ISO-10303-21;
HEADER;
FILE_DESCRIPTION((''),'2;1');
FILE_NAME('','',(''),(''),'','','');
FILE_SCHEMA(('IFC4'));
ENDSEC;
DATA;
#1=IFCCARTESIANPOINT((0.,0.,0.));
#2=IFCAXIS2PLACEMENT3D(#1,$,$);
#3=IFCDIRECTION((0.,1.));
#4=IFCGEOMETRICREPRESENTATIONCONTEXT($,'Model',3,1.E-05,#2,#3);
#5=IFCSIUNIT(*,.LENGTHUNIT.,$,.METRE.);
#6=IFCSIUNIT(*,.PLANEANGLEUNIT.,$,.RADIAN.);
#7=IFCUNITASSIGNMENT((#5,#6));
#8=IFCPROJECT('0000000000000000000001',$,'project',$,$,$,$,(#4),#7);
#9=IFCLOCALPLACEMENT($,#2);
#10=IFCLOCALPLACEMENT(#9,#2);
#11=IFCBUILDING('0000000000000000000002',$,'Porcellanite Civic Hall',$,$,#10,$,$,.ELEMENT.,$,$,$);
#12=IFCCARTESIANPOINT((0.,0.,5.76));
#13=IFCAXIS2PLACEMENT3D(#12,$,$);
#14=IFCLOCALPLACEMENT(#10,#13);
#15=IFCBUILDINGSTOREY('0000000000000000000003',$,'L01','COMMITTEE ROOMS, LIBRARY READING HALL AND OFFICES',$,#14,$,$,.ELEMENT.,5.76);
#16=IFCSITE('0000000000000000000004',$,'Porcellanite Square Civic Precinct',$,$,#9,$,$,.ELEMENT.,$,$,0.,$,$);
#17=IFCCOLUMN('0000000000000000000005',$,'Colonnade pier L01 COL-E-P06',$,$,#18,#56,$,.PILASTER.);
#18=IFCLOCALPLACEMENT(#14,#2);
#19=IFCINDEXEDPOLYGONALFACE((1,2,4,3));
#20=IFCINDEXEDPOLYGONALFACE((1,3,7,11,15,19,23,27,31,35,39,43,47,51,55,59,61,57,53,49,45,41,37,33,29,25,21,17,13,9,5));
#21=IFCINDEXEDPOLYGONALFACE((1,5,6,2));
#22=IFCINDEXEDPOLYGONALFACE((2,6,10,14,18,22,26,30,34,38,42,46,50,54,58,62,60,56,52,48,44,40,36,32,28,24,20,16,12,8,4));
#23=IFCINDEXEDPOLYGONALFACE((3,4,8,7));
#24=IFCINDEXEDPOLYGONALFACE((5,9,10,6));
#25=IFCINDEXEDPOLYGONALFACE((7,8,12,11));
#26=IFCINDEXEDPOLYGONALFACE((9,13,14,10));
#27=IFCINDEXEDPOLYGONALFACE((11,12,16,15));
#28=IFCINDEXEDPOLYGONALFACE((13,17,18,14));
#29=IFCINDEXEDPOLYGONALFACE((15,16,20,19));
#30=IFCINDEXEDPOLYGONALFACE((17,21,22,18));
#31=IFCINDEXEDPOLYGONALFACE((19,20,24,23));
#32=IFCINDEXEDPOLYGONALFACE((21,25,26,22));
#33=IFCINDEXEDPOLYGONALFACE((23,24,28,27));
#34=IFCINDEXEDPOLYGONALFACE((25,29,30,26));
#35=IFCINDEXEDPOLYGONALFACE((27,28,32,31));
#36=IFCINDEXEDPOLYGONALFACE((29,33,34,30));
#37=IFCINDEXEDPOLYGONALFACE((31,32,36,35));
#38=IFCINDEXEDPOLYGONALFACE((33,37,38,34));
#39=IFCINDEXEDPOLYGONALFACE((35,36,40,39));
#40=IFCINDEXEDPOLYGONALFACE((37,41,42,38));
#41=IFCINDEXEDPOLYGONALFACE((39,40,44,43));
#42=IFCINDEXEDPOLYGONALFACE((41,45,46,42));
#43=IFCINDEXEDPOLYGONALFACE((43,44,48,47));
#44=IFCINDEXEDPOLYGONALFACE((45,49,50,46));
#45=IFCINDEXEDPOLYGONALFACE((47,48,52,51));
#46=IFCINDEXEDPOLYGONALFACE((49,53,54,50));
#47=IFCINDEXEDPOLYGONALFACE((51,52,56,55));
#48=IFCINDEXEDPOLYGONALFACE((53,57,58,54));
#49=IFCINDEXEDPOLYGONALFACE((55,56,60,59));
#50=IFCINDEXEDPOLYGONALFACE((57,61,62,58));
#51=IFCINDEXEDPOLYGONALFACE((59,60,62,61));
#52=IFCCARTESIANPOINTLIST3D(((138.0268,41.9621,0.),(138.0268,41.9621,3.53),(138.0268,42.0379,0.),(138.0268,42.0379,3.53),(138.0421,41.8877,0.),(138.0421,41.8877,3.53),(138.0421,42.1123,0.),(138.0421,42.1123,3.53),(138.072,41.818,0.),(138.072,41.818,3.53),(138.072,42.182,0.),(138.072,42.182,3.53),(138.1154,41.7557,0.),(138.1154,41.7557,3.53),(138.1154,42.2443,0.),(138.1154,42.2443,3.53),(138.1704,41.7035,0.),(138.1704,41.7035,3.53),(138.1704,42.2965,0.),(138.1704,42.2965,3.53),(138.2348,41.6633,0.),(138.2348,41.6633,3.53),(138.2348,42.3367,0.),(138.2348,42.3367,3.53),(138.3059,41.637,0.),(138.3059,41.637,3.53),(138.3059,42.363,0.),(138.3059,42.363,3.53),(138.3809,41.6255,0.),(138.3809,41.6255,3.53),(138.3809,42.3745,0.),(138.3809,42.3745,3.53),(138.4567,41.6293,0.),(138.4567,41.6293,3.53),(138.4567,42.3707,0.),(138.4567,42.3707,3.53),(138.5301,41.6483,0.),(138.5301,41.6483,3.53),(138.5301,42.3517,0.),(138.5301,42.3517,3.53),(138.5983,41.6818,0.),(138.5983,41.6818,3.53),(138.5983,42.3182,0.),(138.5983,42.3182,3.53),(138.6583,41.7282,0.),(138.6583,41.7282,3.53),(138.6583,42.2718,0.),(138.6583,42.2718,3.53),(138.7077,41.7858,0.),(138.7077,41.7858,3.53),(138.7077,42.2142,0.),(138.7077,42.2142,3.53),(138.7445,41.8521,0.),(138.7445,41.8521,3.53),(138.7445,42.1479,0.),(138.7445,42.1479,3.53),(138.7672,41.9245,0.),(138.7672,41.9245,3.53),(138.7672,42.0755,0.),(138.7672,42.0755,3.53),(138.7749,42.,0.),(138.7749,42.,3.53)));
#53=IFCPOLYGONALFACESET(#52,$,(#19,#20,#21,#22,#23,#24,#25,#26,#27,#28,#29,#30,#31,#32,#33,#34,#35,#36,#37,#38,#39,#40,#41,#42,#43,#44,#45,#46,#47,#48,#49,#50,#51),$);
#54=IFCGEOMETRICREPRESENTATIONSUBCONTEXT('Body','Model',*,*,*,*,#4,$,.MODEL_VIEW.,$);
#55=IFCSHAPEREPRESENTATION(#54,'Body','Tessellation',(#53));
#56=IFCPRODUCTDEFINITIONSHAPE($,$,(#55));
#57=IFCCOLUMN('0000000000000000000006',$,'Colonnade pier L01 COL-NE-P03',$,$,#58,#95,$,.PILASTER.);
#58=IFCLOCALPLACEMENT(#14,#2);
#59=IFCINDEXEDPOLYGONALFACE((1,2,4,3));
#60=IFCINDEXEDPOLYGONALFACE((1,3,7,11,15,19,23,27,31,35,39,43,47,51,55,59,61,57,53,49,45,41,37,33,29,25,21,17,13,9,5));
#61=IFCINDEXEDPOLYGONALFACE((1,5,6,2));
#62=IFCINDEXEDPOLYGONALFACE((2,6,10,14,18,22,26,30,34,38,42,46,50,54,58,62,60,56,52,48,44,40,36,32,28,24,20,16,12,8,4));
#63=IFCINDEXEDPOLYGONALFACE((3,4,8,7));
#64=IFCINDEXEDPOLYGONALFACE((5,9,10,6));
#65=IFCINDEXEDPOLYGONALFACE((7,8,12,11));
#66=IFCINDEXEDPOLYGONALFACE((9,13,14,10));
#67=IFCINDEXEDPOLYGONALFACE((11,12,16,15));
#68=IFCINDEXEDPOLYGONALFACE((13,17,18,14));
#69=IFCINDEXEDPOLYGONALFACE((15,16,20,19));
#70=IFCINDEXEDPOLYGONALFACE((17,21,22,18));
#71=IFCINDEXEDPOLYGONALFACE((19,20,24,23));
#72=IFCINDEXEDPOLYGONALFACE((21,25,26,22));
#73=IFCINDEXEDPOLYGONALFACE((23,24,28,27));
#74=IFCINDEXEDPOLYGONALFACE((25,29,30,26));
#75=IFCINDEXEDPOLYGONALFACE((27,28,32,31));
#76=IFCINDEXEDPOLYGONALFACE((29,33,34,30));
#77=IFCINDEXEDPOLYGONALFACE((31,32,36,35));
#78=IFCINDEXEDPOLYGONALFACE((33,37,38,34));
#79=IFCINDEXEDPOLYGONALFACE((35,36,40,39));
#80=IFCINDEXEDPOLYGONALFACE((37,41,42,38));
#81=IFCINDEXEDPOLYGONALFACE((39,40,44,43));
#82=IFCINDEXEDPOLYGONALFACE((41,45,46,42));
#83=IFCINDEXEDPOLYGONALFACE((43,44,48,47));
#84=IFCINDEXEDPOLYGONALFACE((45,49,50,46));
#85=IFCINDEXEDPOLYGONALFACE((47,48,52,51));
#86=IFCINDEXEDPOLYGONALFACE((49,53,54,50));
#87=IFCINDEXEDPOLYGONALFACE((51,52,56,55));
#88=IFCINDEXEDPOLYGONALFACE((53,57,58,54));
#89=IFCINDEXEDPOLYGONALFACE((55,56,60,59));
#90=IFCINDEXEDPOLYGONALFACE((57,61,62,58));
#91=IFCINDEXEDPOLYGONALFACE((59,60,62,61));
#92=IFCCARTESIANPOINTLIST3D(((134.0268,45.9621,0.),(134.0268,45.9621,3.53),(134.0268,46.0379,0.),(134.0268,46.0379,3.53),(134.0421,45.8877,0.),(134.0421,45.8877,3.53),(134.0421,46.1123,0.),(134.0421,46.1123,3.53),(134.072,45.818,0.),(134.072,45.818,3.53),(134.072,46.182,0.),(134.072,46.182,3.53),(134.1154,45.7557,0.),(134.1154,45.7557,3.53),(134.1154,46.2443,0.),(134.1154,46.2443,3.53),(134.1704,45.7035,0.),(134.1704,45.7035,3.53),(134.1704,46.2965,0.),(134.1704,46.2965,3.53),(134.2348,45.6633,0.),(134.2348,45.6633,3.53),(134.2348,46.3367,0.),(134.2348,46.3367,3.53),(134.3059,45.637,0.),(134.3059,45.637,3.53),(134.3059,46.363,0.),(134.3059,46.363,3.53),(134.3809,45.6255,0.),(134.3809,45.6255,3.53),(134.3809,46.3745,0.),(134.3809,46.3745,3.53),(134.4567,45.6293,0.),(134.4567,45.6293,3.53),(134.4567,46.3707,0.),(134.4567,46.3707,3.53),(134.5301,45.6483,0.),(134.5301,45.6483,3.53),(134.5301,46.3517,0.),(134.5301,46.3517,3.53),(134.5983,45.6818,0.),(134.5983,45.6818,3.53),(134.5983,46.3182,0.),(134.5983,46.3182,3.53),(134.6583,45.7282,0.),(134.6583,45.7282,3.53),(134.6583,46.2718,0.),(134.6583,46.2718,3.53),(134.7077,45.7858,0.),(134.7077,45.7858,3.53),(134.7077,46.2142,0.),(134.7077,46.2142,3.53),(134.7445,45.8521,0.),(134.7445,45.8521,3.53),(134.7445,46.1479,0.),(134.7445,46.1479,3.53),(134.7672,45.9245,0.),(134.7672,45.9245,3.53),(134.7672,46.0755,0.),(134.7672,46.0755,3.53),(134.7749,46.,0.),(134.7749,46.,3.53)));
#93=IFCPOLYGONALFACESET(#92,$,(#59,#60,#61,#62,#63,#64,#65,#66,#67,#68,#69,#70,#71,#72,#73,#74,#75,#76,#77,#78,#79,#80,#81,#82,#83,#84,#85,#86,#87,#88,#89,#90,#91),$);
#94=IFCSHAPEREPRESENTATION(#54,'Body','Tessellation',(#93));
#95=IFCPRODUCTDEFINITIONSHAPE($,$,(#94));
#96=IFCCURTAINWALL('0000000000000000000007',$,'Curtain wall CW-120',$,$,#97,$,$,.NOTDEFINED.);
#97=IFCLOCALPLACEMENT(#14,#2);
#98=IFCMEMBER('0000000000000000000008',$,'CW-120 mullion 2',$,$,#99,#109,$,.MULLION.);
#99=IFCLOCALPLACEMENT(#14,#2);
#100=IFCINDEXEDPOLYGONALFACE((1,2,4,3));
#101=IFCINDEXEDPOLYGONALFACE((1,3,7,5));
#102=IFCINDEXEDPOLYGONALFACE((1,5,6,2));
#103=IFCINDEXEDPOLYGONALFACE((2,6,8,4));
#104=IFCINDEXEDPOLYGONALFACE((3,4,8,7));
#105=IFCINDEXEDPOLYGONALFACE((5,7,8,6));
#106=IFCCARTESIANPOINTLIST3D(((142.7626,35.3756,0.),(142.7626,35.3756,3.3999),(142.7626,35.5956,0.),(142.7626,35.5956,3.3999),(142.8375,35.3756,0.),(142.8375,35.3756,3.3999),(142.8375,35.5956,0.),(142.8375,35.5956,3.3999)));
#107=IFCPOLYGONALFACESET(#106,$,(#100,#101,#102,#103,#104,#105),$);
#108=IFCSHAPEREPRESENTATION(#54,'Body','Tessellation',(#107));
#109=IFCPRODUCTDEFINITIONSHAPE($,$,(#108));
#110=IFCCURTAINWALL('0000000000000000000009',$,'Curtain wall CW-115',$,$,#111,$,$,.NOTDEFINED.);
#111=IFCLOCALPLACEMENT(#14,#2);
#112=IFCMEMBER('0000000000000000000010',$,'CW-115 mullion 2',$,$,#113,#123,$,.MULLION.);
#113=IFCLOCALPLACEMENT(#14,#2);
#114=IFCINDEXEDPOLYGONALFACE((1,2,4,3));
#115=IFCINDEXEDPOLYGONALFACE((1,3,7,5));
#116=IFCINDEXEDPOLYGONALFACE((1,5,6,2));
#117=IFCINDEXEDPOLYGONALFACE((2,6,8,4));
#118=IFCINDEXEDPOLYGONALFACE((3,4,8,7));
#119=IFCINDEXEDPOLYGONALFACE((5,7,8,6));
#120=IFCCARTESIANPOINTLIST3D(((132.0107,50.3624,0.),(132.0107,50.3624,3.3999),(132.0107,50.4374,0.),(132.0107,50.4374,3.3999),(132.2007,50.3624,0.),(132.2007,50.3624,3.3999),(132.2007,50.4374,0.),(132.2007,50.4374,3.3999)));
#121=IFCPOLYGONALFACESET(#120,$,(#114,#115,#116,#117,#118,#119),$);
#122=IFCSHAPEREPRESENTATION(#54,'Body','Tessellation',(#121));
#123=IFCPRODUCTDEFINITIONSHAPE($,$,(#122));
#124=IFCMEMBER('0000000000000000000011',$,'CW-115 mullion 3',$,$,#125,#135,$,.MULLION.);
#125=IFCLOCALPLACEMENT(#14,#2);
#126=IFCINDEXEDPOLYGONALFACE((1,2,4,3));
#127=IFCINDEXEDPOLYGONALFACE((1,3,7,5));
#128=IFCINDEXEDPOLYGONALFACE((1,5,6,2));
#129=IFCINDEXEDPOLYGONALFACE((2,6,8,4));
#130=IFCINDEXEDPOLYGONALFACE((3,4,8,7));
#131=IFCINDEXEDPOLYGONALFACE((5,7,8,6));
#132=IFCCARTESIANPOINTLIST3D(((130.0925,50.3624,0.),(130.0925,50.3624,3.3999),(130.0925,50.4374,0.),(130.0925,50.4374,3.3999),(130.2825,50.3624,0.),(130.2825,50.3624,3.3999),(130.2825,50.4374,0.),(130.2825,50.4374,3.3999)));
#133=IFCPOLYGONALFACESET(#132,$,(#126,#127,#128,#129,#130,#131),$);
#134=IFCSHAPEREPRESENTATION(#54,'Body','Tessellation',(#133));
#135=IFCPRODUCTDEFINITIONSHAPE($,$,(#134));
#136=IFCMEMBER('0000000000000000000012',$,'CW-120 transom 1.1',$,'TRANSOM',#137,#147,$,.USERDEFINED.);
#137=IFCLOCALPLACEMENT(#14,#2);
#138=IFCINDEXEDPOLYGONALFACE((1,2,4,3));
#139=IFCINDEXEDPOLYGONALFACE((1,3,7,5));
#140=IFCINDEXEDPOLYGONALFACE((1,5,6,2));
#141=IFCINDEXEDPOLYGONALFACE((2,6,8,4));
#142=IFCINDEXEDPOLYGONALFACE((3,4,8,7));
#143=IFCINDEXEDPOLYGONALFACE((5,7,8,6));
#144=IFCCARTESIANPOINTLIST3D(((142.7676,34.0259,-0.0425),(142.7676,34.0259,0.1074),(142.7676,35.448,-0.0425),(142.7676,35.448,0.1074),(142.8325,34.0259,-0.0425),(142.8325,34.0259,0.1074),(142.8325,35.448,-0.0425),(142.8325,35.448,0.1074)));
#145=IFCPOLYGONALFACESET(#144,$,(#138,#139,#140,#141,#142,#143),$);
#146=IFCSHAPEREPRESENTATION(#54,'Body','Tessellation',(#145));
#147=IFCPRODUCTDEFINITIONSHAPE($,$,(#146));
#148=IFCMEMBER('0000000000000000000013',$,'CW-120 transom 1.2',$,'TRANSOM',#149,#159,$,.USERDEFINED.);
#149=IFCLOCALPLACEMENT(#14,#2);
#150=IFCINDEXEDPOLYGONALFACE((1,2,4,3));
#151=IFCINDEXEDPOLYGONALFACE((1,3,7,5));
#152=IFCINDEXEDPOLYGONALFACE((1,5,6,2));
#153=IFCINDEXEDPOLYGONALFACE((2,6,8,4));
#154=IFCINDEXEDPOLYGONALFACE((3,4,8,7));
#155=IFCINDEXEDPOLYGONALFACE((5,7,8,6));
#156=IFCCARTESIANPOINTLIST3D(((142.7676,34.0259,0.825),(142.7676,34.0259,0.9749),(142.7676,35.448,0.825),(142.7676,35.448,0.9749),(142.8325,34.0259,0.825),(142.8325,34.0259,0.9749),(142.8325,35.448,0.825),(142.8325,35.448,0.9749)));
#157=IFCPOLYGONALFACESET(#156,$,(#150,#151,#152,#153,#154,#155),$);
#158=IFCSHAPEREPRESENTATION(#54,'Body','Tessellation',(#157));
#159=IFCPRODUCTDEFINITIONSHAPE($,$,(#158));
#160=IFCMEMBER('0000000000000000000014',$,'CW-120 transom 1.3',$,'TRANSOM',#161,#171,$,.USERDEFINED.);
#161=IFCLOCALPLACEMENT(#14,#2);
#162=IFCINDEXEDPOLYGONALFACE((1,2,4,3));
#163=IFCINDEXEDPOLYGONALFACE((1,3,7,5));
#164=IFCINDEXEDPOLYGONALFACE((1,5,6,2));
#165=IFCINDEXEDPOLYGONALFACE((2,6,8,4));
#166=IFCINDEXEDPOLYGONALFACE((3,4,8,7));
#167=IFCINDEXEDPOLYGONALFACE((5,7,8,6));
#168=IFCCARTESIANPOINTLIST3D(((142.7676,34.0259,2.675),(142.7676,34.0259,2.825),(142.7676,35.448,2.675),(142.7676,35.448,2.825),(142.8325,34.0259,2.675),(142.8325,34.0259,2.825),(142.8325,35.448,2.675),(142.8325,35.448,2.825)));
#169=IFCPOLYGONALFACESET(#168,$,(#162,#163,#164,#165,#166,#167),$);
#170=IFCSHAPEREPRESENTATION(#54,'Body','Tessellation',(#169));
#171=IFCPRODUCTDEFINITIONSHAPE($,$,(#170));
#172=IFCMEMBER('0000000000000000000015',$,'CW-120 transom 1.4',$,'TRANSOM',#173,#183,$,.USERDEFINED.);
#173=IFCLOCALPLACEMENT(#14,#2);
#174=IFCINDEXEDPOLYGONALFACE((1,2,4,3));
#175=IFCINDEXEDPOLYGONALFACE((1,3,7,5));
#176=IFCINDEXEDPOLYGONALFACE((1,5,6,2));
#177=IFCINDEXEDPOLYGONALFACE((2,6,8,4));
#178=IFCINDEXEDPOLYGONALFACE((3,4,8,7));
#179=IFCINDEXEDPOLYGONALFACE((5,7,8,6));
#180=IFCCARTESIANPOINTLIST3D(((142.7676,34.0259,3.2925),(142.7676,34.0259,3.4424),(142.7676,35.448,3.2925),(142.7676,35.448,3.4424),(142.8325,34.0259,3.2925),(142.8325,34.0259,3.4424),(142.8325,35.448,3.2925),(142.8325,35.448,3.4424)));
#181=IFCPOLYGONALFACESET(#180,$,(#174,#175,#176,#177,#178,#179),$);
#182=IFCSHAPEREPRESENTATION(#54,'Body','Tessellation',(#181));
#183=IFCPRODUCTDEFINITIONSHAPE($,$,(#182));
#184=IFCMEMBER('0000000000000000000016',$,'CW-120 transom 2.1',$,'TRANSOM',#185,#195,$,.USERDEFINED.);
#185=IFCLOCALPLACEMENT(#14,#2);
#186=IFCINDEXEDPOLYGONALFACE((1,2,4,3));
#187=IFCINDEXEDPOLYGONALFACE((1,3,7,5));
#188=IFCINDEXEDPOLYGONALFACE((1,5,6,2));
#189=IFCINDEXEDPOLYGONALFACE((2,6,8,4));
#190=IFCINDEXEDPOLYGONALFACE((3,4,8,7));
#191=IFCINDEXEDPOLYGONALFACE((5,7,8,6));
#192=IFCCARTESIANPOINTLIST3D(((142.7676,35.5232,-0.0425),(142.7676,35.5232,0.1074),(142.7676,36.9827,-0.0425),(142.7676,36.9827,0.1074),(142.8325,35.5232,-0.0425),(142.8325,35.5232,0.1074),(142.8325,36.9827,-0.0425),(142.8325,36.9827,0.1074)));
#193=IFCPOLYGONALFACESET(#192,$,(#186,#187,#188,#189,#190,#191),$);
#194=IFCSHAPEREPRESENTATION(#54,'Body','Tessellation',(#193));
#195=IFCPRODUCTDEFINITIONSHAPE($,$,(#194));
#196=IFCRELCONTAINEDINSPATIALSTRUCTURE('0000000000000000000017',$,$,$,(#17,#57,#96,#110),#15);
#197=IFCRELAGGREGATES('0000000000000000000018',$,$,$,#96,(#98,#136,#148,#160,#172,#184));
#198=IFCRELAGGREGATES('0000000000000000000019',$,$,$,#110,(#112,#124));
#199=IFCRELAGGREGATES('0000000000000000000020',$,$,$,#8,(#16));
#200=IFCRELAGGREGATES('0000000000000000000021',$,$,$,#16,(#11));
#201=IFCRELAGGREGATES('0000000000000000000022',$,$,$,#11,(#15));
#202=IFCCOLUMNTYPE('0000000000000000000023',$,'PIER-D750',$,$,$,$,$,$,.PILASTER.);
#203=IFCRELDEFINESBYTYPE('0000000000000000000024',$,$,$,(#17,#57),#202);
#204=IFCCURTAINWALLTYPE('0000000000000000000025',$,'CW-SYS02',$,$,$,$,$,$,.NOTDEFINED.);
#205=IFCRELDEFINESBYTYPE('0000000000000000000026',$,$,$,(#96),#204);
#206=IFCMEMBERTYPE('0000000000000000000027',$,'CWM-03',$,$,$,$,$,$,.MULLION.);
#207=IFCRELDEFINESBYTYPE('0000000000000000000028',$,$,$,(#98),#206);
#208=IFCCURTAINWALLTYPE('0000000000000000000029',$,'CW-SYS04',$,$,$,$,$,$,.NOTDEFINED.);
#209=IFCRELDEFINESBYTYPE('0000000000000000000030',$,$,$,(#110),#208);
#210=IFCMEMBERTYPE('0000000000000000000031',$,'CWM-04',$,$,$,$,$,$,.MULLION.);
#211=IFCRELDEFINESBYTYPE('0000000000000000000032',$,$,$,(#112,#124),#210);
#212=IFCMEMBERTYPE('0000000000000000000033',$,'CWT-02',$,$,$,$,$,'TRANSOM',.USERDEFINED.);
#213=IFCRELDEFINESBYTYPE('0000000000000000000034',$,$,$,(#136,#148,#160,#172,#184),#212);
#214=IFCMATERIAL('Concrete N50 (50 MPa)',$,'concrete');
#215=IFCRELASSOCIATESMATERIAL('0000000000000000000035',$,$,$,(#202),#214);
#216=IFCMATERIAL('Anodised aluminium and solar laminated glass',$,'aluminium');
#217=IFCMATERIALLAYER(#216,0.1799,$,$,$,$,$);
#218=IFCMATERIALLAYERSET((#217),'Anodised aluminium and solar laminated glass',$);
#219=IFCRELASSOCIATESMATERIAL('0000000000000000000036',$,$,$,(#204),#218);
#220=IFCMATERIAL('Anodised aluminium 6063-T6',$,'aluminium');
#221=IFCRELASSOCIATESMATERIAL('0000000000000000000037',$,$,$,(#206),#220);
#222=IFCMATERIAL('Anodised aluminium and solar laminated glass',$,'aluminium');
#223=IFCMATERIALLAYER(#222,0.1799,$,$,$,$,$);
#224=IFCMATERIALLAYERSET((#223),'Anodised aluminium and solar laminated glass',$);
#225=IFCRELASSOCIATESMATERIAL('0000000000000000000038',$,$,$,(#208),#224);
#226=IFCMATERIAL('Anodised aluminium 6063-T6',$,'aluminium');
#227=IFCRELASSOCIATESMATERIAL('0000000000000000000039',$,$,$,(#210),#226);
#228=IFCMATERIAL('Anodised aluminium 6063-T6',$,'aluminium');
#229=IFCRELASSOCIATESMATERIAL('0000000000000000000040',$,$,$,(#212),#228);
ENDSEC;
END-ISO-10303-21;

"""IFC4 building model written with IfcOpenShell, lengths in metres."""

from ifc_helpers import new_model, si_unit, direction, frame, origin, origin_2d, place, context, subcontext, project, spatial, rectangle, circle, extrude, material, layer, layer_set, material_profile, profile_set, type_object, element, aggregate, save


model = new_model("IFC4")

# Units and contexts
model_context = context("Model", 3, precision=1e-05, world=origin(), true_north=direction((0.0, 1.0)))
body_context = subcontext(model_context, "Body", "Model", "MODEL_VIEW")
ifc_project = project(units=[si_unit("LENGTHUNIT", "METRE"), si_unit("PLANEANGLEUNIT", "RADIAN")], contexts=[model_context])

# Site, building, storey
site_placement = place(None, origin())
site = spatial("IfcSite", under=ifc_project, at=site_placement, Name="Porcellanite Square Civic Precinct", CompositionType="ELEMENT", RefElevation=0.0)
building_placement = place(site_placement, origin())
building = spatial("IfcBuilding", under=site, at=building_placement, Name="Porcellanite Civic Hall", CompositionType="ELEMENT")
storey_placement = place(building_placement, frame((0.0, 0.0, 5.76)))
storey = spatial("IfcBuildingStorey", under=building, at=storey_placement, Name="L01", Description="COMMITTEE ROOMS, LIBRARY READING HALL AND OFFICES", CompositionType="ELEMENT", Elevation=5.76)

# Columns
ifc_material_1 = material(Name="Concrete N50 (50 MPa)", Category="concrete")
ifc_material_profile_1 = material_profile(ifc_material_1, circle(Radius=0.375, at=origin_2d()), Name="RC-D750")
ifc_profile_set_1 = profile_set([ifc_material_profile_1], Name="Concrete N50 (50 MPa)")
column_type = type_object("IfcColumnType", Name="PIER-D750", PredefinedType="PILASTER", material=ifc_profile_set_1)
for number, where, z_axis, x_axis, name in (
    (1, (138.3999, 42.0, 0.0), (0.0, 0.0, 1.0), (1.0, 0.0, 0.0), "Colonnade pier L01 COL-E-P06"),
    (2, (134.3999, 46.0, 0.0), (0.0, 0.0, 1.0), (1.0, 0.0, 0.0), "Colonnade pier L01 COL-NE-P03"),
):
    element("IfcColumn", number, at=place(storey_placement, frame(where, z_axis=z_axis, x_axis=x_axis)), inside=storey, type_object=column_type, Name=name, PredefinedType="PILASTER", context=body_context, shape_type="SweptSolid", body=[
        extrude(circle(Radius=0.375, at=origin_2d()), origin(), (0.0, 0.0, 1.0), 3.53),
    ])

# Curtain wall, member
ifc_material_2 = material(Name="Anodised aluminium and solar laminated glass", Category="aluminium")
ifc_layer_1 = layer(ifc_material_2, 0.1799)
ifc_layer_set_1 = layer_set([ifc_layer_1], Name="Anodised aluminium and solar laminated glass")
curtain_wall_type_1 = type_object("IfcCurtainWallType", Name="CW-SYS02", PredefinedType="NOTDEFINED", material=ifc_layer_set_1)
curtain_wall_1_placement = place(storey_placement, origin())
curtain_wall_1 = element("IfcCurtainWall", 3, at=curtain_wall_1_placement, inside=storey, type_object=curtain_wall_type_1, Name="Curtain wall CW-120", PredefinedType="NOTDEFINED")
ifc_material_3 = material(Name="Anodised aluminium 6063-T6", Category="aluminium")
ifc_material_profile_2 = material_profile(ifc_material_3, rectangle(XDim=0.075, YDim=0.22, at=origin_2d()), Name="AL-75x220")
ifc_profile_set_2 = profile_set([ifc_material_profile_2], Name="Anodised aluminium 6063-T6")
member_type_1 = type_object("IfcMemberType", Name="CWM-03", PredefinedType="MULLION", material=ifc_profile_set_2)
member_1_placement = place(storey_placement, frame((142.8, 35.4856, 0.0), z_axis=(0.0, 0.0, 1.0), x_axis=(-1.0, 0.0, 0.0)))
member_1 = element("IfcMember", 4, at=member_1_placement, type_object=member_type_1, Name="CW-120 mullion 2", PredefinedType="MULLION", context=body_context, shape_type="SweptSolid", body=[
    extrude(rectangle(XDim=0.075, YDim=0.22, at=origin_2d()), origin(), (0.0, 0.0, 1.0), 3.3999),
])

# Curtain wall, members
ifc_material_4 = material(Name="Anodised aluminium and solar laminated glass", Category="aluminium")
ifc_layer_2 = layer(ifc_material_4, 0.1799)
ifc_layer_set_2 = layer_set([ifc_layer_2], Name="Anodised aluminium and solar laminated glass")
curtain_wall_type_2 = type_object("IfcCurtainWallType", Name="CW-SYS04", PredefinedType="NOTDEFINED", material=ifc_layer_set_2)
curtain_wall_2_placement = place(storey_placement, origin())
curtain_wall_2 = element("IfcCurtainWall", 5, at=curtain_wall_2_placement, inside=storey, type_object=curtain_wall_type_2, Name="Curtain wall CW-115", PredefinedType="NOTDEFINED")
ifc_material_5 = material(Name="Anodised aluminium 6063-T6", Category="aluminium")
ifc_material_profile_3 = material_profile(ifc_material_5, rectangle(XDim=0.075, YDim=0.1899, at=origin_2d()), Name="AL-75x190")
ifc_profile_set_3 = profile_set([ifc_material_profile_3], Name="Anodised aluminium 6063-T6")
member_type_2 = type_object("IfcMemberType", Name="CWM-04", PredefinedType="MULLION", material=ifc_profile_set_3)
member_2_placement = place(storey_placement, frame((132.1057, 50.3999, 0.0), z_axis=(0.0, 0.0, 1.0), x_axis=(0.0, -1.0, 0.0)))
member_2 = element("IfcMember", 6, at=member_2_placement, type_object=member_type_2, Name="CW-115 mullion 2", PredefinedType="MULLION", context=body_context, shape_type="SweptSolid", body=[
    extrude(rectangle(XDim=0.075, YDim=0.1899, at=origin_2d()), origin(), (0.0, 0.0, 1.0), 3.3999),
])
member_3_placement = place(storey_placement, frame((130.1875, 50.3999, 0.0), z_axis=(0.0, 0.0, 1.0), x_axis=(0.0, -1.0, 0.0)))
member_3 = element("IfcMember", 7, at=member_3_placement, type_object=member_type_2, Name="CW-115 mullion 3", PredefinedType="MULLION", context=body_context, shape_type="SweptSolid", body=[
    extrude(rectangle(XDim=0.075, YDim=0.1899, at=origin_2d()), origin(), (0.0, 0.0, 1.0), 3.3999),
])

# Members
ifc_material_6 = material(Name="Anodised aluminium 6063-T6", Category="aluminium")
ifc_material_profile_4 = material_profile(ifc_material_6, rectangle(XDim=0.0649, YDim=0.1499, at=origin_2d()), Name="AL-65x150")
ifc_profile_set_4 = profile_set([ifc_material_profile_4], Name="Anodised aluminium 6063-T6")
member_type_3 = type_object("IfcMemberType", Name="CWT-02", ElementType="TRANSOM", PredefinedType="USERDEFINED", material=ifc_profile_set_4)
member_4_placement = place(storey_placement, frame((142.8, 34.0259, 0.0325), z_axis=(0.0, 1.0, 0.0), x_axis=(-1.0, 0.0, 0.0)))
member_4 = element("IfcMember", 8, at=member_4_placement, type_object=member_type_3, Name="CW-120 transom 1.1", ObjectType="TRANSOM", PredefinedType="USERDEFINED", context=body_context, shape_type="SweptSolid", body=[
    extrude(rectangle(XDim=0.0649, YDim=0.1499, at=origin_2d()), origin(), (0.0, 0.0, 1.0), 1.4221),
])
member_5_placement = place(storey_placement, frame((142.8, 34.0259, 0.8999), z_axis=(0.0, 1.0, 0.0), x_axis=(-1.0, 0.0, 0.0)))
member_5 = element("IfcMember", 9, at=member_5_placement, type_object=member_type_3, Name="CW-120 transom 1.2", ObjectType="TRANSOM", PredefinedType="USERDEFINED", context=body_context, shape_type="SweptSolid", body=[
    extrude(rectangle(XDim=0.0649, YDim=0.1499, at=origin_2d()), origin(), (0.0, 0.0, 1.0), 1.4221),
])
member_6_placement = place(storey_placement, frame((142.8, 34.0259, 2.75), z_axis=(0.0, 1.0, 0.0), x_axis=(-1.0, 0.0, 0.0)))
member_6 = element("IfcMember", 10, at=member_6_placement, type_object=member_type_3, Name="CW-120 transom 1.3", ObjectType="TRANSOM", PredefinedType="USERDEFINED", context=body_context, shape_type="SweptSolid", body=[
    extrude(rectangle(XDim=0.0649, YDim=0.1499, at=origin_2d()), origin(), (0.0, 0.0, 1.0), 1.4221),
])
member_7_placement = place(storey_placement, frame((142.8, 34.0259, 3.3674), z_axis=(0.0, 1.0, 0.0), x_axis=(-1.0, 0.0, 0.0)))
member_7 = element("IfcMember", 11, at=member_7_placement, type_object=member_type_3, Name="CW-120 transom 1.4", ObjectType="TRANSOM", PredefinedType="USERDEFINED", context=body_context, shape_type="SweptSolid", body=[
    extrude(rectangle(XDim=0.0649, YDim=0.1499, at=origin_2d()), origin(), (0.0, 0.0, 1.0), 1.4221),
])
member_8_placement = place(storey_placement, frame((142.8, 35.5232, 0.0325), z_axis=(0.0, 1.0, 0.0), x_axis=(-1.0, 0.0, 0.0)))
member_8 = element("IfcMember", 12, at=member_8_placement, type_object=member_type_3, Name="CW-120 transom 2.1", ObjectType="TRANSOM", PredefinedType="USERDEFINED", context=body_context, shape_type="SweptSolid", body=[
    extrude(rectangle(XDim=0.0649, YDim=0.1499, at=origin_2d()), origin(), (0.0, 0.0, 1.0), 1.4595),
])

aggregate(curtain_wall_1, [member_1, member_4, member_5, member_6, member_7, member_8])
aggregate(curtain_wall_2, [member_2, member_3])

save(model, "model.ifc")
